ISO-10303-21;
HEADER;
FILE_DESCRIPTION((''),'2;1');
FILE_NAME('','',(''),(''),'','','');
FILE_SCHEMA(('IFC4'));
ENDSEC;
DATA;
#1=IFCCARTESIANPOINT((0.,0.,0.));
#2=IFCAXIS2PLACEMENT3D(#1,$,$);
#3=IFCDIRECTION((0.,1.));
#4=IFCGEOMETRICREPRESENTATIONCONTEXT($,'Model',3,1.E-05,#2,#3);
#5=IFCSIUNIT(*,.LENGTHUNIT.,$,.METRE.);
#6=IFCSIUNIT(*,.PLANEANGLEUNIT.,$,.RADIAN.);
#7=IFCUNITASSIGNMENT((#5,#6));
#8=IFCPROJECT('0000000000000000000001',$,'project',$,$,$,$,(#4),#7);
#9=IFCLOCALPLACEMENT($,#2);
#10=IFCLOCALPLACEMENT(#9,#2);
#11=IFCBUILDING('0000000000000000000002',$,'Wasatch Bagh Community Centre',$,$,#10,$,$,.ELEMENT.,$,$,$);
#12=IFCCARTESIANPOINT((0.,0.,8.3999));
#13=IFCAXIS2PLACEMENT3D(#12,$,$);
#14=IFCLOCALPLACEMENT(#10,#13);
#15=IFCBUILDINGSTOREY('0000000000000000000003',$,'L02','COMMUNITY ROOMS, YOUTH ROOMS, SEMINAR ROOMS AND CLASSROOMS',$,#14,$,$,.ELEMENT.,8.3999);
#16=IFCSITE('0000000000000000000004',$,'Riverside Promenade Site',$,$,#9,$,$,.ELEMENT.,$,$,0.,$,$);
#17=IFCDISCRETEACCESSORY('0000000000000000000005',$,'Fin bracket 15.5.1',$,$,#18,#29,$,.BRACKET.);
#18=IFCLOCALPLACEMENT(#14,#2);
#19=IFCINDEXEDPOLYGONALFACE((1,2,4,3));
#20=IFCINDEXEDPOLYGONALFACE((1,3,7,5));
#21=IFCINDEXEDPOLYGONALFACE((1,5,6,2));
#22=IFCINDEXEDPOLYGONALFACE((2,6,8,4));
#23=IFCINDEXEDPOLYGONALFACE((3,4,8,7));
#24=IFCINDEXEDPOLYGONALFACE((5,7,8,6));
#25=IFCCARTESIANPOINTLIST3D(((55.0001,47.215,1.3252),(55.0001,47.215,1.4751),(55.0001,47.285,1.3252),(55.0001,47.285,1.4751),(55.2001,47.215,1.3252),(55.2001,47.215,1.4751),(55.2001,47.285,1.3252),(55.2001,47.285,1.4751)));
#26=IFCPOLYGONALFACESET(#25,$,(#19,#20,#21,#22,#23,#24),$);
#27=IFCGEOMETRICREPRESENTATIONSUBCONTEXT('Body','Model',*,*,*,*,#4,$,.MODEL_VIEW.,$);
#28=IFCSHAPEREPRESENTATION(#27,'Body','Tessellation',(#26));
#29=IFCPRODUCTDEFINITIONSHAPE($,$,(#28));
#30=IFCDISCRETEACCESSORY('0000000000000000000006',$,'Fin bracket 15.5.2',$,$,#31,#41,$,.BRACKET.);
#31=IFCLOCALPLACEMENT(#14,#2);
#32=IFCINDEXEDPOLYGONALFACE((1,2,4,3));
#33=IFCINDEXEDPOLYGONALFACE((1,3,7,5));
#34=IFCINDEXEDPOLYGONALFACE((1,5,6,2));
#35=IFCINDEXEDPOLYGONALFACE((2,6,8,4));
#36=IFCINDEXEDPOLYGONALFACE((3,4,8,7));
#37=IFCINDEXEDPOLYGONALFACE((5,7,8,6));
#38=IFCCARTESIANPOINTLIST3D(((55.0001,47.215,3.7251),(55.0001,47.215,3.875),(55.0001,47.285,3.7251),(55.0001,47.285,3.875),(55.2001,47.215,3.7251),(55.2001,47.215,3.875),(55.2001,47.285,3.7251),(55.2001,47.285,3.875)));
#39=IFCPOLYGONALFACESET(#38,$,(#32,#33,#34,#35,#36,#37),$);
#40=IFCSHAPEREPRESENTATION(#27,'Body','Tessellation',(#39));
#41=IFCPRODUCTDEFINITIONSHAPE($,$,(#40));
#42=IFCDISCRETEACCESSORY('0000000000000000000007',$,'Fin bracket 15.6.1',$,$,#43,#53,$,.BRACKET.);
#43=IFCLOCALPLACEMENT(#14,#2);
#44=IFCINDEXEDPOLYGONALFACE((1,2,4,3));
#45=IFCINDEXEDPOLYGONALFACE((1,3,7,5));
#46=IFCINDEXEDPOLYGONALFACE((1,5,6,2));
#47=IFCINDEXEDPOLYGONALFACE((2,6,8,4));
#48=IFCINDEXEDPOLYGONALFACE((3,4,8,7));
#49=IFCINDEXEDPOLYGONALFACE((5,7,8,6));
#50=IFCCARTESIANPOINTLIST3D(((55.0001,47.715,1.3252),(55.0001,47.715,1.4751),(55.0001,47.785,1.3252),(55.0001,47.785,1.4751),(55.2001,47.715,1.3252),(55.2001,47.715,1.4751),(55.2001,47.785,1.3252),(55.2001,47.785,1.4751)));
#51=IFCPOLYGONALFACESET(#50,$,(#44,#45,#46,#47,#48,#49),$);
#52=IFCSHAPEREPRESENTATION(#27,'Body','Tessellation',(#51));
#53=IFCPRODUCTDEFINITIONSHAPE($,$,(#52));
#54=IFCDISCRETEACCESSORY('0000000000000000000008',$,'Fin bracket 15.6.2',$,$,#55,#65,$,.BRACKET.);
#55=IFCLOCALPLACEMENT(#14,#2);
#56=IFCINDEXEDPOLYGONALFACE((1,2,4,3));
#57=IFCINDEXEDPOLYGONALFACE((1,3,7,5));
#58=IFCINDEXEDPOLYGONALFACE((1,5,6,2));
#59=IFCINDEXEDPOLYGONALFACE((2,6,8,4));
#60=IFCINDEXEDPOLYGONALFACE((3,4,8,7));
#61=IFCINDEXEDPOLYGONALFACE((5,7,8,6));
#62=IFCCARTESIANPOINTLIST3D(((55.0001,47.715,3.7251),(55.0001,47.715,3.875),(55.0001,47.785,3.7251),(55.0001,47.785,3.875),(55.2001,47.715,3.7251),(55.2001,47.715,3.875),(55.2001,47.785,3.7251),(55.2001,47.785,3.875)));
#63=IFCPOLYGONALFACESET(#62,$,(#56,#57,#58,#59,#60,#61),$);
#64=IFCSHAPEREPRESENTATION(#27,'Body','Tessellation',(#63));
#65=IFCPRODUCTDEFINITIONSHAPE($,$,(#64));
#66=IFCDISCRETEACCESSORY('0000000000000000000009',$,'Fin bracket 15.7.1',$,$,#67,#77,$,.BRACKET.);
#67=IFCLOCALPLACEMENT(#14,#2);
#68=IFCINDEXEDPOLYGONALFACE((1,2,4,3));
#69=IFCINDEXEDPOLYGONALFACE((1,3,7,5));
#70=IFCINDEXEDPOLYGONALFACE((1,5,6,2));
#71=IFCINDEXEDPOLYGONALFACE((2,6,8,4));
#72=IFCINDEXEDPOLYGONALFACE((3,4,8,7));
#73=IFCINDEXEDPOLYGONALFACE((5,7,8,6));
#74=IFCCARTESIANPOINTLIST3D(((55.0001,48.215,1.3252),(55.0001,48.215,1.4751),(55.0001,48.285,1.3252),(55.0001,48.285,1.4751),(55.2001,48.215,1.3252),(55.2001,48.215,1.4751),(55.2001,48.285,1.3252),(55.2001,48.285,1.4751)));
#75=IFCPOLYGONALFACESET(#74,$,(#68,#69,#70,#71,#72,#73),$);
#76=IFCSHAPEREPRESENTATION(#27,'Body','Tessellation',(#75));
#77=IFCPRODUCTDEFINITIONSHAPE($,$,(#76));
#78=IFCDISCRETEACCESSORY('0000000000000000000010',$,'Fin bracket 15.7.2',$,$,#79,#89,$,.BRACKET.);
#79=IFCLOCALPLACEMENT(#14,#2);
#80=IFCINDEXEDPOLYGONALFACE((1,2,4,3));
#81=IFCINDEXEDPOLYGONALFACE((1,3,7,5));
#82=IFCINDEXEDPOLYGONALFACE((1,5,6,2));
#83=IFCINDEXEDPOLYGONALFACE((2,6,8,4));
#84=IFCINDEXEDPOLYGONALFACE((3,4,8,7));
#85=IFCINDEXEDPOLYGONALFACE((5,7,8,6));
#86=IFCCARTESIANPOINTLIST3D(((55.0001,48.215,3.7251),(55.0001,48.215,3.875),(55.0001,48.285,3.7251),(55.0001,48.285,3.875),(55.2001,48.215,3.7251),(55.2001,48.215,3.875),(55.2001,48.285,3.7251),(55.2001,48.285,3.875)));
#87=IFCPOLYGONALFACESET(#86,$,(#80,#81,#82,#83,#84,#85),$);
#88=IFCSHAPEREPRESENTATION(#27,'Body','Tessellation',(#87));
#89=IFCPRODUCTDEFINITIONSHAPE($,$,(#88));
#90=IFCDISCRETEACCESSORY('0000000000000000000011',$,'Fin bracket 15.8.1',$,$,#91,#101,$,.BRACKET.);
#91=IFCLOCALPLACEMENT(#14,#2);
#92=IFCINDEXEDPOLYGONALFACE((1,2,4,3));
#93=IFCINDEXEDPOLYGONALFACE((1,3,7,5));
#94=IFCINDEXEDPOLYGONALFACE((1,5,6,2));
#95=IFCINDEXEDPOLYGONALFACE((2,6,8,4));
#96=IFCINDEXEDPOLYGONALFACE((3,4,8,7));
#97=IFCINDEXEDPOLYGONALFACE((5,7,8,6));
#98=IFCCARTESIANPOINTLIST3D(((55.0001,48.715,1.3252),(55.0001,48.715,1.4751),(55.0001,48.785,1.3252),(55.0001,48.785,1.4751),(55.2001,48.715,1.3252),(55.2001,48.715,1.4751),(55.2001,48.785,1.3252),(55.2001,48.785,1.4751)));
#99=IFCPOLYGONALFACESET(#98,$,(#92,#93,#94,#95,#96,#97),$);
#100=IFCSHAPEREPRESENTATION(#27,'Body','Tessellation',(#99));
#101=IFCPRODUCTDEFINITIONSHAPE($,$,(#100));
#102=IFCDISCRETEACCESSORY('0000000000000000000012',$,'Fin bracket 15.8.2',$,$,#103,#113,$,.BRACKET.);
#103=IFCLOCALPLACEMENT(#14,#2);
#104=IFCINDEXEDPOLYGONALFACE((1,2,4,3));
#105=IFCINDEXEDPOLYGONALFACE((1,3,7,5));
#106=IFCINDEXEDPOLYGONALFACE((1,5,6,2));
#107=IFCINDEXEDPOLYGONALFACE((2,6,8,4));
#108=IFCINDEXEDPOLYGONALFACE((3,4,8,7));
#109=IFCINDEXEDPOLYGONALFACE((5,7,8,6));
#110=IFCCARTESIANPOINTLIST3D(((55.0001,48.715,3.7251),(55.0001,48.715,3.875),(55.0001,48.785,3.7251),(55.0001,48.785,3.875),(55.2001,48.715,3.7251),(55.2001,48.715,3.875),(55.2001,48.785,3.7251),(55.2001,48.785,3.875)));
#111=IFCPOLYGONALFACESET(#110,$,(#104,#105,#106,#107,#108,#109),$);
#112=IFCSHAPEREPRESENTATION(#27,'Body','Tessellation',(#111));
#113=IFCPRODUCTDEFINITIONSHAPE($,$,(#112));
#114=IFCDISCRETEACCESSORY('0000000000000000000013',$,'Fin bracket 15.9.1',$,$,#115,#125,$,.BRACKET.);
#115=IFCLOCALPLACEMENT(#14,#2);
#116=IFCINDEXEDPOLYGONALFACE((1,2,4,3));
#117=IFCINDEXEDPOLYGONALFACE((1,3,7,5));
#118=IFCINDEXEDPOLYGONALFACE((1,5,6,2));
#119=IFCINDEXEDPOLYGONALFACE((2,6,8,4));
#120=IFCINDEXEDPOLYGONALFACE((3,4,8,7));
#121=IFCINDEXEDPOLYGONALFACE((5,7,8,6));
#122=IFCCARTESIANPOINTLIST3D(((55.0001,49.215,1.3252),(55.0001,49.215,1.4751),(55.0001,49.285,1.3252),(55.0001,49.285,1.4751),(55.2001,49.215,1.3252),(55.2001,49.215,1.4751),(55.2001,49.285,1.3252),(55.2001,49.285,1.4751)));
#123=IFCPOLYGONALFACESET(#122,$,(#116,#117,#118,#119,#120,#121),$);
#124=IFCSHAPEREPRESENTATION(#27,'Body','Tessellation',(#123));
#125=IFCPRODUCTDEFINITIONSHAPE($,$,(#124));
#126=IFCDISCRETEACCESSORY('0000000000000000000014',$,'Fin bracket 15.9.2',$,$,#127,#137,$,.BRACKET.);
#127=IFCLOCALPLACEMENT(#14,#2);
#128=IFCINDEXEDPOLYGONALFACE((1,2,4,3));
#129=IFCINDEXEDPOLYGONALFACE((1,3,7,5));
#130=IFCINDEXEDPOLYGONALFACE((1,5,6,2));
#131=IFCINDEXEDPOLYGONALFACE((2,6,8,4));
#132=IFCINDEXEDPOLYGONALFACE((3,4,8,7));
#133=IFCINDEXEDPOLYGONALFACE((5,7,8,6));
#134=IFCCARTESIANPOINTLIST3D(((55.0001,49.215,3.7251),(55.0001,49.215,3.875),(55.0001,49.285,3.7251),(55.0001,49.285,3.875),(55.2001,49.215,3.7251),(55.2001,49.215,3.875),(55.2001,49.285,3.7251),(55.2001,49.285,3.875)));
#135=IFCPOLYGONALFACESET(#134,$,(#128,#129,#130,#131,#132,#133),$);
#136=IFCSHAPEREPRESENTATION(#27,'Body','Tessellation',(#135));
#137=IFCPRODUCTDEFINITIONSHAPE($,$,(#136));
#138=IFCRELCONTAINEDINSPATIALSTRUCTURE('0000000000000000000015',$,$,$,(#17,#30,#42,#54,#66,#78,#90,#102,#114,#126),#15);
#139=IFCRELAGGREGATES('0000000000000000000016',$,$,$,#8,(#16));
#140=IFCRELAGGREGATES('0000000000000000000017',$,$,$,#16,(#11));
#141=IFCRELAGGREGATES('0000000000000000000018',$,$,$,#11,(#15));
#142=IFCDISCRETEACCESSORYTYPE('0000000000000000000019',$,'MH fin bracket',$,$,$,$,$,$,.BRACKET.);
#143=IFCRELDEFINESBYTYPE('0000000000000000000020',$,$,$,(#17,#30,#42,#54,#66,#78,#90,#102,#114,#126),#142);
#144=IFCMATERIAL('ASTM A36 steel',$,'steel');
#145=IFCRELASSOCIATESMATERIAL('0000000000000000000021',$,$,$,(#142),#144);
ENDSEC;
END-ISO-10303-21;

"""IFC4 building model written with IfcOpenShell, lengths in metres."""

from ifc_helpers import new_model, si_unit, direction, frame, origin, origin_2d, place, context, subcontext, project, spatial, rectangle, extrude, material, type_object, element, save


model = new_model("IFC4")

# Units and contexts
model_context = context("Model", 3, precision=1e-05, world=origin(), true_north=direction((0.0, 1.0)))
body_context = subcontext(model_context, "Body", "Model", "MODEL_VIEW")
ifc_project = project(units=[si_unit("LENGTHUNIT", "METRE"), si_unit("PLANEANGLEUNIT", "RADIAN")], contexts=[model_context])

# Site, building, storey
site_placement = place(None, origin())
site = spatial("IfcSite", under=ifc_project, at=site_placement, Name="Riverside Promenade Site", CompositionType="ELEMENT", RefElevation=0.0)
building_placement = place(site_placement, origin())
building = spatial("IfcBuilding", under=site, at=building_placement, Name="Wasatch Bagh Community Centre", CompositionType="ELEMENT")
storey_placement = place(building_placement, frame((0.0, 0.0, 8.3999)))
storey = spatial("IfcBuildingStorey", under=building, at=storey_placement, Name="L02", Description="COMMUNITY ROOMS, YOUTH ROOMS, SEMINAR ROOMS AND CLASSROOMS", CompositionType="ELEMENT", Elevation=8.3999)

# Discrete accessories
ifc_material_1 = material(Name="ASTM A36 steel", Category="steel")
discrete_accessory_type = type_object("IfcDiscreteAccessoryType", Name="MH fin bracket", PredefinedType="BRACKET", material=ifc_material_1)
for number, where, z_axis, x_axis, name in (
    (1, (55.1001, 47.25, 1.3252), (0.0, 0.0, 1.0), (0.0, 1.0, 0.0), "Fin bracket 15.5.1"),
    (2, (55.1001, 47.25, 3.7251), (0.0, 0.0, 1.0), (0.0, 1.0, 0.0), "Fin bracket 15.5.2"),
    (3, (55.1001, 47.75, 1.3252), (0.0, 0.0, 1.0), (0.0, 1.0, 0.0), "Fin bracket 15.6.1"),
    (4, (55.1001, 47.75, 3.7251), (0.0, 0.0, 1.0), (0.0, 1.0, 0.0), "Fin bracket 15.6.2"),
    (5, (55.1001, 48.25, 1.3252), (0.0, 0.0, 1.0), (0.0, 1.0, 0.0), "Fin bracket 15.7.1"),
    (6, (55.1001, 48.25, 3.7251), (0.0, 0.0, 1.0), (0.0, 1.0, 0.0), "Fin bracket 15.7.2"),
    (7, (55.1001, 48.75, 1.3252), (0.0, 0.0, 1.0), (0.0, 1.0, 0.0), "Fin bracket 15.8.1"),
    (8, (55.1001, 48.75, 3.7251), (0.0, 0.0, 1.0), (0.0, 1.0, 0.0), "Fin bracket 15.8.2"),
    (9, (55.1001, 49.25, 1.3252), (0.0, 0.0, 1.0), (0.0, 1.0, 0.0), "Fin bracket 15.9.1"),
    (10, (55.1001, 49.25, 3.7251), (0.0, 0.0, 1.0), (0.0, 1.0, 0.0), "Fin bracket 15.9.2"),
):
    element("IfcDiscreteAccessory", number, at=place(storey_placement, frame(where, z_axis=z_axis, x_axis=x_axis)), inside=storey, type_object=discrete_accessory_type, Name=name, PredefinedType="BRACKET", context=body_context, shape_type="SweptSolid", body=[
        extrude(rectangle(XDim=0.0701, YDim=0.2, at=origin_2d()), origin(), (0.0, 0.0, 1.0), 0.1499),
    ])

save(model, "model.ifc")
